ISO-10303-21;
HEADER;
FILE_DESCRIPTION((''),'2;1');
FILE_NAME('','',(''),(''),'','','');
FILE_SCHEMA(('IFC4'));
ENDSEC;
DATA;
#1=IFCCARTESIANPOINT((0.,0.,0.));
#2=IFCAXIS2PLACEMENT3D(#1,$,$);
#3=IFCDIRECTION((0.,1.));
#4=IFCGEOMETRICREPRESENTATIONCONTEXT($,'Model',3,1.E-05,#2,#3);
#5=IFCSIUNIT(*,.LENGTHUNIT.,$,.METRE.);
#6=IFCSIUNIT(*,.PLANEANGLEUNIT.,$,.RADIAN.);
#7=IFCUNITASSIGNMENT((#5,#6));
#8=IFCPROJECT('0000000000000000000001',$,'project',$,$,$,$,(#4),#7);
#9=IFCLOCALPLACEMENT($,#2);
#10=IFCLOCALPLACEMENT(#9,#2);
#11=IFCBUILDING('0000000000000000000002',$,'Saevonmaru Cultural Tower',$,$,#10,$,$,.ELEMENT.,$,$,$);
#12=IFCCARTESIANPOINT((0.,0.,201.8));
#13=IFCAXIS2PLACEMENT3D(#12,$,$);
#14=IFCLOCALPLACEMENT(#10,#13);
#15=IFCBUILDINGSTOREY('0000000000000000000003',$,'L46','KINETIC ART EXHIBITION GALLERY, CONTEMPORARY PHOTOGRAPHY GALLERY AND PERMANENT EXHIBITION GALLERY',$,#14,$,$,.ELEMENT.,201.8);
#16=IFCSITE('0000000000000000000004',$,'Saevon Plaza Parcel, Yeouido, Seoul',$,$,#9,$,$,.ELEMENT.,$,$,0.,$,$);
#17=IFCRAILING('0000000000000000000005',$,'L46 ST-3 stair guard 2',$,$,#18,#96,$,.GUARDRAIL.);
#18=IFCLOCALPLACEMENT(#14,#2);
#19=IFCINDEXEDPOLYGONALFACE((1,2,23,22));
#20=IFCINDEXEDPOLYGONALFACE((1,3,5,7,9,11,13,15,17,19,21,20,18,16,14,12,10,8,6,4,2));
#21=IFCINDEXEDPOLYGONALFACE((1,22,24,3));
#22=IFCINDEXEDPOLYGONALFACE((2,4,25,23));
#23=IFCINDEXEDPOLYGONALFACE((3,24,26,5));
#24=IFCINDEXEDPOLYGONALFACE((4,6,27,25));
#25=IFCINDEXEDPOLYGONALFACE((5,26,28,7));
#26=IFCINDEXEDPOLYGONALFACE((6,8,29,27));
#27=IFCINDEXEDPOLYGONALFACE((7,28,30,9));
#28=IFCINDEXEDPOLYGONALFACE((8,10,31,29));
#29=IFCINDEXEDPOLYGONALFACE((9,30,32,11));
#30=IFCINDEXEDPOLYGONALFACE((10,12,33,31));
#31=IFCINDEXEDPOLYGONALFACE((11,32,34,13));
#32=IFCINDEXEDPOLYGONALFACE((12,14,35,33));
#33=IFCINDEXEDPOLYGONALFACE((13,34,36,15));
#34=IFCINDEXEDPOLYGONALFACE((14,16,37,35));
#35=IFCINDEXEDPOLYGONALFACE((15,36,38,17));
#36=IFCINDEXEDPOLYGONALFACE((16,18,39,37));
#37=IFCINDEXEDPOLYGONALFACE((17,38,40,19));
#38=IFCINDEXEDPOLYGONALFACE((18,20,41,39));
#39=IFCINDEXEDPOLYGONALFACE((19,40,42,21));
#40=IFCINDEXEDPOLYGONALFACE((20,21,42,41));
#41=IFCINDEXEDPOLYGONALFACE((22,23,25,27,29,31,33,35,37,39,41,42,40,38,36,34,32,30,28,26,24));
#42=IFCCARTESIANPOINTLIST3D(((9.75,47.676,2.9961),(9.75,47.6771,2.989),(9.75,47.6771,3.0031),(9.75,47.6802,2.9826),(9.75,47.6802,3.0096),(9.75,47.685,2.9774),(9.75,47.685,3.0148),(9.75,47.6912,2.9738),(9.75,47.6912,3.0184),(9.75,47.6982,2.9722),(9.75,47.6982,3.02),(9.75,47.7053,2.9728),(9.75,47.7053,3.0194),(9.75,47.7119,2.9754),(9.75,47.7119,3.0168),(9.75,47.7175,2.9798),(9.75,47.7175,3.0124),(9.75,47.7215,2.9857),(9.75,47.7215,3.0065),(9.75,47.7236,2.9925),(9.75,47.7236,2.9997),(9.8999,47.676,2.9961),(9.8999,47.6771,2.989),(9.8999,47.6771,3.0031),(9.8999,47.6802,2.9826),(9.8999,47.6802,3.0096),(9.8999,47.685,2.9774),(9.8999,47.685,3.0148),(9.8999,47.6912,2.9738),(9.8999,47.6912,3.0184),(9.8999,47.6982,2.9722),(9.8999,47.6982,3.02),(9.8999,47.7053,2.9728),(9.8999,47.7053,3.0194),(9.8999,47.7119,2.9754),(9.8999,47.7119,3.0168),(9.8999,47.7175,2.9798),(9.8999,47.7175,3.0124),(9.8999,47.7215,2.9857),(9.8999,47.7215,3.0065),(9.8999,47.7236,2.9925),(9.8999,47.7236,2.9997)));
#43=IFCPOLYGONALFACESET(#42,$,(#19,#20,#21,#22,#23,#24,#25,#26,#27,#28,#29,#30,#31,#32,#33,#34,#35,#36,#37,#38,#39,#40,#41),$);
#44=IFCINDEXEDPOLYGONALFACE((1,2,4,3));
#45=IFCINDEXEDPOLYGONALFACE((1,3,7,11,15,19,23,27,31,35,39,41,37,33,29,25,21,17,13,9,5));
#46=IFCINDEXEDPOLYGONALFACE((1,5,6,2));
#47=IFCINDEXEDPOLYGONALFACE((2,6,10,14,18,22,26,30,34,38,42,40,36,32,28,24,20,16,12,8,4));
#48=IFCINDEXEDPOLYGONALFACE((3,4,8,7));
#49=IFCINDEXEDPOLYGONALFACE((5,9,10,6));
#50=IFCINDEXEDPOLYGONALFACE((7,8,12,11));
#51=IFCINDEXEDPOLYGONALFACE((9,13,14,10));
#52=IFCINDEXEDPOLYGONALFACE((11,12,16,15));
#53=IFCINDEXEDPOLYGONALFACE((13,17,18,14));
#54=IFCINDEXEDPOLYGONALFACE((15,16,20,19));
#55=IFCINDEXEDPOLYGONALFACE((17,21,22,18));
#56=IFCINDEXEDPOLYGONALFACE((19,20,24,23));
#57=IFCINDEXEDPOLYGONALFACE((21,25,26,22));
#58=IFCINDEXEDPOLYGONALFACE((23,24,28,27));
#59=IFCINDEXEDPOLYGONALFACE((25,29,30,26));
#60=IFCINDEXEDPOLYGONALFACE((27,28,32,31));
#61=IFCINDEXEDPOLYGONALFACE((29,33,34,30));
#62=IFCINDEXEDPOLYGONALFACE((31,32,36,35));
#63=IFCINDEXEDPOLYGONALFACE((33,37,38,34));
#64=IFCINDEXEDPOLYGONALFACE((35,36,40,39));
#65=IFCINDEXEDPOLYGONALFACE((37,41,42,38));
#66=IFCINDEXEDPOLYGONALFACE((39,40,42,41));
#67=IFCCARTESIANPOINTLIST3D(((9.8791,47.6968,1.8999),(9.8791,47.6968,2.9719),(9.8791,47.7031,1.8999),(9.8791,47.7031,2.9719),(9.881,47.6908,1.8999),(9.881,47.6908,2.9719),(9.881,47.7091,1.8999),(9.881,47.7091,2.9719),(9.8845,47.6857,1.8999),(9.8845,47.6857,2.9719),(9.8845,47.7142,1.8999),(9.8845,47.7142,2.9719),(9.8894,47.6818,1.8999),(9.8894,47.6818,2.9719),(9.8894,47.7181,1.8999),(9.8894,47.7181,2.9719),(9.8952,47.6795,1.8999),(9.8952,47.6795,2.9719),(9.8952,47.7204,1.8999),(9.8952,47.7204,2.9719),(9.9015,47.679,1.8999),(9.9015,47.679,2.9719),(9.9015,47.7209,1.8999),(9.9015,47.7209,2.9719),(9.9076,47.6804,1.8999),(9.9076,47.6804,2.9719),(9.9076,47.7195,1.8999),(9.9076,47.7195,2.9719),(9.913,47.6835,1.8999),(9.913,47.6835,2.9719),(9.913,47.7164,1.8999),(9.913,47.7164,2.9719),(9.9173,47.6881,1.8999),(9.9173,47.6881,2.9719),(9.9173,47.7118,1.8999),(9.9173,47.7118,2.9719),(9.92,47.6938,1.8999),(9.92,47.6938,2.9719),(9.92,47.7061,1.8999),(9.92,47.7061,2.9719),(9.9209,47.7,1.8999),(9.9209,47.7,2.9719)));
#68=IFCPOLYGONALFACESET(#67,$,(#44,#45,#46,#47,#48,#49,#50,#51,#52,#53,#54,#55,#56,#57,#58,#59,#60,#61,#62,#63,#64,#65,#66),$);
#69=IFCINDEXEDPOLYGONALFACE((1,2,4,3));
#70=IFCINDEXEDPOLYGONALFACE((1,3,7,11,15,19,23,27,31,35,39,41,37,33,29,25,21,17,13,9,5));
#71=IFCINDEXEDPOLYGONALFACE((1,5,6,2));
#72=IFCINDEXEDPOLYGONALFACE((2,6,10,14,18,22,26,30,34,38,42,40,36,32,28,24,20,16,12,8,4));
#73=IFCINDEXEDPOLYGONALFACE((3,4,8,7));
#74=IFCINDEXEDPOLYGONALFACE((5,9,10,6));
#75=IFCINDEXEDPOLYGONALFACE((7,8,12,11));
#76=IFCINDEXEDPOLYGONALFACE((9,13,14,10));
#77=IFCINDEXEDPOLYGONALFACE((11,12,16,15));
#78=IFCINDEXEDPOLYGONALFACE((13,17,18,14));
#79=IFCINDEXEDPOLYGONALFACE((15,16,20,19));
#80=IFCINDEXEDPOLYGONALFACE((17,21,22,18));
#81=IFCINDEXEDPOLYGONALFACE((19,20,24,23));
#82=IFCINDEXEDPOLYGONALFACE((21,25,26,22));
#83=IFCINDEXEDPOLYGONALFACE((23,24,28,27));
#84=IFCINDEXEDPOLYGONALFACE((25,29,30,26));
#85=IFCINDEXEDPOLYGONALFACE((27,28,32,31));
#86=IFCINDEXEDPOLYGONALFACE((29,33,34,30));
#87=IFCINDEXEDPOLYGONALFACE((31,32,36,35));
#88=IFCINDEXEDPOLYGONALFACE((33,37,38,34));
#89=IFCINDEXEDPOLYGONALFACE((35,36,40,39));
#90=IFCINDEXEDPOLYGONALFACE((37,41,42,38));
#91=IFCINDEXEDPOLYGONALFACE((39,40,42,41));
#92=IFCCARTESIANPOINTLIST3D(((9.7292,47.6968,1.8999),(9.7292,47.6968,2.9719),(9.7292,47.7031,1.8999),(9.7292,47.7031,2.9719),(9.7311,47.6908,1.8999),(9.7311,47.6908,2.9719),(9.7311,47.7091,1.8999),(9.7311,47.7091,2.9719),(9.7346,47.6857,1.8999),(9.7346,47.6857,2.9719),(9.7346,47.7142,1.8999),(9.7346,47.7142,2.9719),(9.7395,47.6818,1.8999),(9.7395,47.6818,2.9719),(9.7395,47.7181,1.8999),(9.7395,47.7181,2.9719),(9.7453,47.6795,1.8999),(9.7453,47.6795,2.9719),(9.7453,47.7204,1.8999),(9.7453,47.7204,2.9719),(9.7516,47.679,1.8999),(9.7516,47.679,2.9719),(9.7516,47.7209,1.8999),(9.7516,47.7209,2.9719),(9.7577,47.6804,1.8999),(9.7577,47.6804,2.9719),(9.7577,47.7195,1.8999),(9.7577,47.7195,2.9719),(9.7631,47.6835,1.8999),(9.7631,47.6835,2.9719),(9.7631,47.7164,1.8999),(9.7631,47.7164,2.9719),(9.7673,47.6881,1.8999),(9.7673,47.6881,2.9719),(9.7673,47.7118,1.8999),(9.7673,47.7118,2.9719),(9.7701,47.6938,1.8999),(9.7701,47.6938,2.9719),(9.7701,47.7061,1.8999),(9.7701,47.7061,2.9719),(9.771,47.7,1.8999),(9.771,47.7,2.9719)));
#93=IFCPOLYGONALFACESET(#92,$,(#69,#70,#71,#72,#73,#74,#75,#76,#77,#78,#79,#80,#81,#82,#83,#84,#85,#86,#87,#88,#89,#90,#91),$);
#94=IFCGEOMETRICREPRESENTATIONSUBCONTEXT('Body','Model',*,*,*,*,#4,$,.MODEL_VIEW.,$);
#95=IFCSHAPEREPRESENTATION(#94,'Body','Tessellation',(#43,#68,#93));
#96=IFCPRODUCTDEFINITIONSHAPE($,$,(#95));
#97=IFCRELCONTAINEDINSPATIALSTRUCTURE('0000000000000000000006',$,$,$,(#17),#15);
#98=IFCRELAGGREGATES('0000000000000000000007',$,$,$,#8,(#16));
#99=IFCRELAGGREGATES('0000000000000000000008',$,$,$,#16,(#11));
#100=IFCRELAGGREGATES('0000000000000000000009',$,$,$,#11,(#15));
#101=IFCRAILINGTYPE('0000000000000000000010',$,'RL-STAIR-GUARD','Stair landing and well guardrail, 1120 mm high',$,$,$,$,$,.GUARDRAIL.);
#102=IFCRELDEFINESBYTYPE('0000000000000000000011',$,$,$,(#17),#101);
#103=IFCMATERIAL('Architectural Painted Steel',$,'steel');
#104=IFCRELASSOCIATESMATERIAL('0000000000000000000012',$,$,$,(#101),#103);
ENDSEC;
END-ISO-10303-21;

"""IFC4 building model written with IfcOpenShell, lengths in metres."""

from ifc_helpers import new_model, si_unit, direction, frame, origin, origin_2d, place, context, subcontext, project, spatial, circle, extrude, material, type_object, element, save


model = new_model("IFC4")

# Units and contexts
model_context = context("Model", 3, precision=1e-05, world=origin(), true_north=direction((0.0, 1.0)))
body_context = subcontext(model_context, "Body", "Model", "MODEL_VIEW")
ifc_project = project(units=[si_unit("LENGTHUNIT", "METRE"), si_unit("PLANEANGLEUNIT", "RADIAN")], contexts=[model_context])

# Site, building, storey
site_placement = place(None, origin())
site = spatial("IfcSite", under=ifc_project, at=site_placement, Name="Saevon Plaza Parcel, Yeouido, Seoul", CompositionType="ELEMENT", RefElevation=0.0)
building_placement = place(site_placement, origin())
building = spatial("IfcBuilding", under=site, at=building_placement, Name="Saevonmaru Cultural Tower", CompositionType="ELEMENT")
storey_placement = place(building_placement, frame((0.0, 0.0, 201.8)))
storey = spatial("IfcBuildingStorey", under=building, at=storey_placement, Name="L46", Description="KINETIC ART EXHIBITION GALLERY, CONTEMPORARY PHOTOGRAPHY GALLERY AND PERMANENT EXHIBITION GALLERY", CompositionType="ELEMENT", Elevation=201.8)

# Railing
ifc_material_1 = material(Name="Architectural Painted Steel", Category="steel")
railing_type_1 = type_object("IfcRailingType", Name="RL-STAIR-GUARD", Description="Stair landing and well guardrail, 1120 mm high", PredefinedType="GUARDRAIL", material=ifc_material_1)
railing_1_placement = place(storey_placement, frame((9.8999, 47.7, 1.8999)))
element("IfcRailing", 1, at=railing_1_placement, inside=storey, type_object=railing_type_1, Name="L46 ST-3 stair guard 2", PredefinedType="GUARDRAIL", context=body_context, shape_type="SweptSolid", body=[
    extrude(circle(Radius=0.0239, at=origin_2d()), frame((0.0, 0.0, 1.0962), z_axis=(-1.0, 0.0, 0.0), x_axis=(0.0, -1.0, 0.0)), (0.0, 0.0, 1.0), 0.1499),
    extrude(circle(Radius=0.021, at=origin_2d()), origin(), (0.0, 0.0, 1.0), 1.072),
    extrude(circle(Radius=0.021, at=origin_2d()), frame((-0.1499, 0.0, 0.0)), (0.0, 0.0, 1.0), 1.072),
])

save(model, "model.ifc")
